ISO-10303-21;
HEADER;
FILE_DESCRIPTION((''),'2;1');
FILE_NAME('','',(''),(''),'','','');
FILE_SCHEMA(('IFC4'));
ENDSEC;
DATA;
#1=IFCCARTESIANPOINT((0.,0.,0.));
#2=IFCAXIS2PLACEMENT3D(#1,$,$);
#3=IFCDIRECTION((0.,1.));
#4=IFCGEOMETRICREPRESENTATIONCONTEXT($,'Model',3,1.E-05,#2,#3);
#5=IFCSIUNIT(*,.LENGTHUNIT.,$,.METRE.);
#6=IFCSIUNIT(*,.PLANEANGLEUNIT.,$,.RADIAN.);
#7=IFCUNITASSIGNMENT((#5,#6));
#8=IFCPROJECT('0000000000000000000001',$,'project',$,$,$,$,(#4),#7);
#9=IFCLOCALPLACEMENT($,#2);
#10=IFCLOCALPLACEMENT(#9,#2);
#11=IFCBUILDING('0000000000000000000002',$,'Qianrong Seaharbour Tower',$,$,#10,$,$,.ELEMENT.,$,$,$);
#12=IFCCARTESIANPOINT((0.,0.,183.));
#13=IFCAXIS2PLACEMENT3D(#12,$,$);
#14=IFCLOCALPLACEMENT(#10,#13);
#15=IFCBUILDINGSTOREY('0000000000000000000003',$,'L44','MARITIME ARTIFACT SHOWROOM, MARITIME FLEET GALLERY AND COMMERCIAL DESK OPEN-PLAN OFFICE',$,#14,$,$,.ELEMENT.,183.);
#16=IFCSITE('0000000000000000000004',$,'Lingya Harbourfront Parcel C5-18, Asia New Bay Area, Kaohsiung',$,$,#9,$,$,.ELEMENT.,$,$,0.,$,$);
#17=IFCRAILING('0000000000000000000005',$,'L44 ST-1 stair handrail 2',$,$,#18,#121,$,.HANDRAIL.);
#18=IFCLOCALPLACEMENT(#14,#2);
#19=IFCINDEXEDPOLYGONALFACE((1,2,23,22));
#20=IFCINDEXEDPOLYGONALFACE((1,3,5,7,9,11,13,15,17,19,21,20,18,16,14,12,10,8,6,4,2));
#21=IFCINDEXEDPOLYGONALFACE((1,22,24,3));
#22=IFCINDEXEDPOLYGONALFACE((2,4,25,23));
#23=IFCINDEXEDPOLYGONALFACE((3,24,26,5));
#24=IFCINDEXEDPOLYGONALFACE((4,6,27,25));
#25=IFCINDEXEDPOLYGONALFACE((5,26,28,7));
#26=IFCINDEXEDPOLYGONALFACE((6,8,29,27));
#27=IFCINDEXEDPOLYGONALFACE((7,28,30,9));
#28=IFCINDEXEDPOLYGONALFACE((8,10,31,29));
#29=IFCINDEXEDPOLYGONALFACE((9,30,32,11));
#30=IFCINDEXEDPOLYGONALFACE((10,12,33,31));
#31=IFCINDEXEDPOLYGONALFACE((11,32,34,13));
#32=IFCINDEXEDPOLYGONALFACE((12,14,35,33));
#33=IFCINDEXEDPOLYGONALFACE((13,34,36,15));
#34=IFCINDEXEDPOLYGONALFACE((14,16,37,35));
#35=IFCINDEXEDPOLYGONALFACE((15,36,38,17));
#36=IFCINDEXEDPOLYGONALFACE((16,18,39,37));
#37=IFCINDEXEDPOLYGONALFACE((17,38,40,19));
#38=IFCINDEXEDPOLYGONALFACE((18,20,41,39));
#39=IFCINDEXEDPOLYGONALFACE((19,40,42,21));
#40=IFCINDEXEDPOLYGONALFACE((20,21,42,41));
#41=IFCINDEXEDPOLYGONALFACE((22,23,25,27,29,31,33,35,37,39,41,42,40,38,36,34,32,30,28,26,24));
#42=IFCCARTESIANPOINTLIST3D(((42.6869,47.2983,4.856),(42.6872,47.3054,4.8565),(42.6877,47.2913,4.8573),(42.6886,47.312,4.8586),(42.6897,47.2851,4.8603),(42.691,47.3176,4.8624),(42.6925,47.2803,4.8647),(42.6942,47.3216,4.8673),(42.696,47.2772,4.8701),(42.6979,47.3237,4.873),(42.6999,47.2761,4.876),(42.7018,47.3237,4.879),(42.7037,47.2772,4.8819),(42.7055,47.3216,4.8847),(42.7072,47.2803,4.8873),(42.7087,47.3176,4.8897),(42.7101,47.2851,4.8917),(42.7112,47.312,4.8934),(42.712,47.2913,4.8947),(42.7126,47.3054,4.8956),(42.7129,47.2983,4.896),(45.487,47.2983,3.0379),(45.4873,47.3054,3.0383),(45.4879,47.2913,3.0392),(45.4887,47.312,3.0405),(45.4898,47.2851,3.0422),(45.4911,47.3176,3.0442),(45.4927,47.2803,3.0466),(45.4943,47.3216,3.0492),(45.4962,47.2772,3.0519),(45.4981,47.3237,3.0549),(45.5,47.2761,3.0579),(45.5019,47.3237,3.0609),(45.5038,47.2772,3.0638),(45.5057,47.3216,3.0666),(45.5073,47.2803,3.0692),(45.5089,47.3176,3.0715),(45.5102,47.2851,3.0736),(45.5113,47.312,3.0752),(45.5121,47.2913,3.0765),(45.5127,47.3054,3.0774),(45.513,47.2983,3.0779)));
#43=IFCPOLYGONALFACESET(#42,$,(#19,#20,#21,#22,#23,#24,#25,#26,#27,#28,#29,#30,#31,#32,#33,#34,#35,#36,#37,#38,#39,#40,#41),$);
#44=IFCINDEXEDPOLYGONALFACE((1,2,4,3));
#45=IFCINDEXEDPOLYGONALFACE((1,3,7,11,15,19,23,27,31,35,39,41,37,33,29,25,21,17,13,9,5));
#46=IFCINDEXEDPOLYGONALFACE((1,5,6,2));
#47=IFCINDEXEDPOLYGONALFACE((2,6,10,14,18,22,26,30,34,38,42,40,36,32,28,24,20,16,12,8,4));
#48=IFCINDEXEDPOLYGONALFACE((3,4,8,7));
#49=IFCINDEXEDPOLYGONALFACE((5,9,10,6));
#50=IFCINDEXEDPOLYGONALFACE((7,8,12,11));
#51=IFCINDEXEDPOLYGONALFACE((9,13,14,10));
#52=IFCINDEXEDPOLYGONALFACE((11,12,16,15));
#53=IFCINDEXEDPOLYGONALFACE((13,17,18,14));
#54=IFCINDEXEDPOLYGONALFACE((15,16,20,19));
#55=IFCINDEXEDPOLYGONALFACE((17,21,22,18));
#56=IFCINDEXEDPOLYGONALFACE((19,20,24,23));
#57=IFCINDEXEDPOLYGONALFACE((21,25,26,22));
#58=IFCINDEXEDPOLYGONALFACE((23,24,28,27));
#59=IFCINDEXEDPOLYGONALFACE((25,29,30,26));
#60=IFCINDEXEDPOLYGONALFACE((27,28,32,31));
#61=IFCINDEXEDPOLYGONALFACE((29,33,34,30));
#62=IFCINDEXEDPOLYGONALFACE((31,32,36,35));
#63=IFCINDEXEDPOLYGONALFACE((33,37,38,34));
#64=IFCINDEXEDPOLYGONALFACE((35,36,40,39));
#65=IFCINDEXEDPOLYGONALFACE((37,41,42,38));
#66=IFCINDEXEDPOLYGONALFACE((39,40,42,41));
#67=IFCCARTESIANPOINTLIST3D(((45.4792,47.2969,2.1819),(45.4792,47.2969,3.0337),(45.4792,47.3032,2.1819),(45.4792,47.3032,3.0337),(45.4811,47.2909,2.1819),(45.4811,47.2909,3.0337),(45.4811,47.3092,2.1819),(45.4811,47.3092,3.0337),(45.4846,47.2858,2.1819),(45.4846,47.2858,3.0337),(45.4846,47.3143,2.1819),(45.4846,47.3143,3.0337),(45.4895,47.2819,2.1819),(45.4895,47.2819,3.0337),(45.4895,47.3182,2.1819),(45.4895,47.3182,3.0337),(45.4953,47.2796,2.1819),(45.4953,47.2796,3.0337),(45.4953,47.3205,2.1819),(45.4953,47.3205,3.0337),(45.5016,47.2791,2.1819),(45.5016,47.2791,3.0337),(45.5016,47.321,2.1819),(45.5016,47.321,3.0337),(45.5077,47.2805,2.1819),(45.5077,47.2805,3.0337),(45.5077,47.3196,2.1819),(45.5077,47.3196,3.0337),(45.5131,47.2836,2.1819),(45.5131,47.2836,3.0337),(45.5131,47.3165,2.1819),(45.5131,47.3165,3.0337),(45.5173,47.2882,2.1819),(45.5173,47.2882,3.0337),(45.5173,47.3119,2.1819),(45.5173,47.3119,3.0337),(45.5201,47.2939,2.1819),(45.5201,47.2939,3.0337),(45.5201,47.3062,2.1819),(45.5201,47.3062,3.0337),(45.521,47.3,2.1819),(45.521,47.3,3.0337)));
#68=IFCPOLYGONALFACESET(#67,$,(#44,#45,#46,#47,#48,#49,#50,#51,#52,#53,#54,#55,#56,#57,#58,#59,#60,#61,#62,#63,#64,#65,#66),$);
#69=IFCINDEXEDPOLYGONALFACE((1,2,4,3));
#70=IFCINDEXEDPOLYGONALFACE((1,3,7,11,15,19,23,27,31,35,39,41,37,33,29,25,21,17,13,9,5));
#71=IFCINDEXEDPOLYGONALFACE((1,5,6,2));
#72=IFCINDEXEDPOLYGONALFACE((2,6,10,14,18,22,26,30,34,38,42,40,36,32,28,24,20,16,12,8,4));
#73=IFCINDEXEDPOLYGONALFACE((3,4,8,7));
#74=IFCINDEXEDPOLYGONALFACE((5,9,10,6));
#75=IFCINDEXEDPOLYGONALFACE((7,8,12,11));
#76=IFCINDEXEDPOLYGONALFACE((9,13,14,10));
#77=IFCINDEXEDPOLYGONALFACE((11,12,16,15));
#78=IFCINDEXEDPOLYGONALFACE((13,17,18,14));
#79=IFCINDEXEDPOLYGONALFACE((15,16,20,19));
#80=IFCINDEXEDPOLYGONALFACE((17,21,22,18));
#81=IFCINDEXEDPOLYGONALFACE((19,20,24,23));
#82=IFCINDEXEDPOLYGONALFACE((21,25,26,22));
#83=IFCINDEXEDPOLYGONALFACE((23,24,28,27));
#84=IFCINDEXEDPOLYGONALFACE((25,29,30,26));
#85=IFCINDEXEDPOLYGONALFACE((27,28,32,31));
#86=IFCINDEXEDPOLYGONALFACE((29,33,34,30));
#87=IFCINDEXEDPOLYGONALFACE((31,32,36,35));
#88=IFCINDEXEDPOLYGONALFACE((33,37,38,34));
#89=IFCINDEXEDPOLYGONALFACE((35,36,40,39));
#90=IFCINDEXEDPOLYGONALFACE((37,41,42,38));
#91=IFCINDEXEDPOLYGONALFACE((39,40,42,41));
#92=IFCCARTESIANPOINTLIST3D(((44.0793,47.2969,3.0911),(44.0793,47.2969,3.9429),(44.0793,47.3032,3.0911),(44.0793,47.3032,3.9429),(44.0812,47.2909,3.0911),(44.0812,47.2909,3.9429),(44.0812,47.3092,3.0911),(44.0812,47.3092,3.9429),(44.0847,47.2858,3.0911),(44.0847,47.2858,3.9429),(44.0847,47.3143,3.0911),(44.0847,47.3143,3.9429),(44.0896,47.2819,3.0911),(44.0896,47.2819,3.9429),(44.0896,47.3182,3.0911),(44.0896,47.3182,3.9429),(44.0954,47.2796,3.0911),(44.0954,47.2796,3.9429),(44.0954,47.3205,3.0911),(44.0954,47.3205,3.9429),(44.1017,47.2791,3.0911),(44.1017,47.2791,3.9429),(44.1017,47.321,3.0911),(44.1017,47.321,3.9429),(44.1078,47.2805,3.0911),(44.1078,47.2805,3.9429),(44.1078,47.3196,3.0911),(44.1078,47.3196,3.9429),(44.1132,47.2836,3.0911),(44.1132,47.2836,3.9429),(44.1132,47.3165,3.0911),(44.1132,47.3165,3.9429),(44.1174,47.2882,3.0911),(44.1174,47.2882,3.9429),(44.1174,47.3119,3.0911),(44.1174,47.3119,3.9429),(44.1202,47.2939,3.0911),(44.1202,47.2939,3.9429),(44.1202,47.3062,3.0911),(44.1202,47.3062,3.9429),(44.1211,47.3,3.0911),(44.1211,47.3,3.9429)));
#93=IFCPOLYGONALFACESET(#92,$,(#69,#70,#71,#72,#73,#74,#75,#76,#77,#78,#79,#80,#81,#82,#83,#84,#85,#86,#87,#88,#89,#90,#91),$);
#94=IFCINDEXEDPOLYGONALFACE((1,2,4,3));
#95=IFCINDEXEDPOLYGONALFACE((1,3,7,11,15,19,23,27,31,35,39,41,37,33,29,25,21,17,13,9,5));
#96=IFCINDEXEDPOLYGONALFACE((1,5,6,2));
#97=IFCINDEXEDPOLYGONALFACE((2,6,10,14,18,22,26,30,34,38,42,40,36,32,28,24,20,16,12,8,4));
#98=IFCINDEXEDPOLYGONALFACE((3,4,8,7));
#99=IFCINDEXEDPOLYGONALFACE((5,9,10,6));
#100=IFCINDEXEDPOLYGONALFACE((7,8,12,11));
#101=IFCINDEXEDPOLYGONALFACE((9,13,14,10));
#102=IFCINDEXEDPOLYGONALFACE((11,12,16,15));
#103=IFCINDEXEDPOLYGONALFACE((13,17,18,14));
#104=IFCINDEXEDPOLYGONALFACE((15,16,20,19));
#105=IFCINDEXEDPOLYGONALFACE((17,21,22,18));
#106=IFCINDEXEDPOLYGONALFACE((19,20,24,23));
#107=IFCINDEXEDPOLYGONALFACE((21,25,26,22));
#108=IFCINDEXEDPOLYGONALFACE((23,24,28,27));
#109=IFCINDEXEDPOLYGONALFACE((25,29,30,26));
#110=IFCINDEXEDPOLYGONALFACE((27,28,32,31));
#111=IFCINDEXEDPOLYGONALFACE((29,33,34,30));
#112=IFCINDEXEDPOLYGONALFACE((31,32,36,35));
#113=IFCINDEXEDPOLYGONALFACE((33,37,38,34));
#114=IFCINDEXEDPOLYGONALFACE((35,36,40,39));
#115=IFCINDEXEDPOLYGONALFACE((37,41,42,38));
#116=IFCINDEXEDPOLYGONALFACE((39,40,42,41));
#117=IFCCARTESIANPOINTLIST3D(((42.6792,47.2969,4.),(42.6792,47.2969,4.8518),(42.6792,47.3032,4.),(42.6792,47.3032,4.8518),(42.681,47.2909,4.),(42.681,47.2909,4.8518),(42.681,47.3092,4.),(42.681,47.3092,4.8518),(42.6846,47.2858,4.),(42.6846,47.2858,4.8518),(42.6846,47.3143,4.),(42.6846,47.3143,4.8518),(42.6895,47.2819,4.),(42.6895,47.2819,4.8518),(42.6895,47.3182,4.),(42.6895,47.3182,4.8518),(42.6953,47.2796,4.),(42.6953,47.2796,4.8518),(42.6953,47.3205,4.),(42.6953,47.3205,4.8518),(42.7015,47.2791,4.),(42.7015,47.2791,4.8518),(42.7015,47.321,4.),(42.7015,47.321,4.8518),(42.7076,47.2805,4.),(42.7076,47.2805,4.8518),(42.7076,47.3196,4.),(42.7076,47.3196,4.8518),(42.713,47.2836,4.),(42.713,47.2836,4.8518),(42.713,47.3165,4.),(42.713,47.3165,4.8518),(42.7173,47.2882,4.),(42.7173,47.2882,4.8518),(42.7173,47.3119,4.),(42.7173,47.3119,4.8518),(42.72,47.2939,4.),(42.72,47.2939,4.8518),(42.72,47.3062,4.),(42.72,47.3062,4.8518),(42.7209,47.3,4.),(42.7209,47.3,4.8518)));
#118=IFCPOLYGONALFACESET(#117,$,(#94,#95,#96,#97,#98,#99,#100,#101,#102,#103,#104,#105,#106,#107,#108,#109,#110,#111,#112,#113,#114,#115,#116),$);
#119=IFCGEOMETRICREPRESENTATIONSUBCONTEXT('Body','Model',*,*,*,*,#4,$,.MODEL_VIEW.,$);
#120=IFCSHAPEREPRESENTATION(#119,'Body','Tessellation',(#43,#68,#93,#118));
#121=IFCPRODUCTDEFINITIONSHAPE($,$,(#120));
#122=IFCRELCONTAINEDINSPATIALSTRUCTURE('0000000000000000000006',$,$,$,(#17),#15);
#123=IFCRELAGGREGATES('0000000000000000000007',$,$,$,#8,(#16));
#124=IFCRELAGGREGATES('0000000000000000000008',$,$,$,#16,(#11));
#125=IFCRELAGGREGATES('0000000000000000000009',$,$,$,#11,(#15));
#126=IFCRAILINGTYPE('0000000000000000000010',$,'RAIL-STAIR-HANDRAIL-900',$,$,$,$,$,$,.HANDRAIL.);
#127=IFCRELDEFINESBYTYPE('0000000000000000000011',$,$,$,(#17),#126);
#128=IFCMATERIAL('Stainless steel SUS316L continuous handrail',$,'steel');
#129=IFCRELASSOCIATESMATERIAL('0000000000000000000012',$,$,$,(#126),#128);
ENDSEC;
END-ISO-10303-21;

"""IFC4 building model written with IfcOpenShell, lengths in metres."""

from ifc_helpers import new_model, si_unit, direction, frame, origin, origin_2d, place, context, subcontext, project, spatial, circle, extrude, material, type_object, element, save


model = new_model("IFC4")

# Units and contexts
model_context = context("Model", 3, precision=1e-05, world=origin(), true_north=direction((0.0, 1.0)))
body_context = subcontext(model_context, "Body", "Model", "MODEL_VIEW")
ifc_project = project(units=[si_unit("LENGTHUNIT", "METRE"), si_unit("PLANEANGLEUNIT", "RADIAN")], contexts=[model_context])

# Site, building, storey
site_placement = place(None, origin())
site = spatial("IfcSite", under=ifc_project, at=site_placement, Name="Lingya Harbourfront Parcel C5-18, Asia New Bay Area, Kaohsiung", CompositionType="ELEMENT", RefElevation=0.0)
building_placement = place(site_placement, origin())
building = spatial("IfcBuilding", under=site, at=building_placement, Name="Qianrong Seaharbour Tower", CompositionType="ELEMENT")
storey_placement = place(building_placement, frame((0.0, 0.0, 183.0)))
storey = spatial("IfcBuildingStorey", under=building, at=storey_placement, Name="L44", Description="MARITIME ARTIFACT SHOWROOM, MARITIME FLEET GALLERY AND COMMERCIAL DESK OPEN-PLAN OFFICE", CompositionType="ELEMENT", Elevation=183.0)

# Railing
ifc_material_1 = material(Name="Stainless steel SUS316L continuous handrail", Category="steel")
railing_type_1 = type_object("IfcRailingType", Name="RAIL-STAIR-HANDRAIL-900", PredefinedType="HANDRAIL", material=ifc_material_1)
railing_1_placement = place(storey_placement, frame((45.5, 47.3, 2.1819)))
element("IfcRailing", 1, at=railing_1_placement, inside=storey, type_object=railing_type_1, Name="L44 ST-1 stair handrail 2", PredefinedType="HANDRAIL", context=body_context, shape_type="SweptSolid", body=[
    extrude(circle(Radius=0.0239, at=origin_2d()), frame((0.0, 0.0, 0.876), z_axis=(-0.838706, 0.0, 0.544585), x_axis=(0.0, -1.0, 0.0)), (0.0, 0.0, 1.0), 3.3386),
    extrude(circle(Radius=0.021, at=origin_2d()), origin(), (0.0, 0.0, 1.0), 0.8518),
    extrude(circle(Radius=0.021, at=origin_2d()), frame((-1.3999, 0.0, 0.9092)), (0.0, 0.0, 1.0), 0.8518),
    extrude(circle(Radius=0.021, at=origin_2d()), frame((-2.8, 0.0, 1.8181)), (0.0, 0.0, 1.0), 0.8518),
])

save(model, "model.ifc")
